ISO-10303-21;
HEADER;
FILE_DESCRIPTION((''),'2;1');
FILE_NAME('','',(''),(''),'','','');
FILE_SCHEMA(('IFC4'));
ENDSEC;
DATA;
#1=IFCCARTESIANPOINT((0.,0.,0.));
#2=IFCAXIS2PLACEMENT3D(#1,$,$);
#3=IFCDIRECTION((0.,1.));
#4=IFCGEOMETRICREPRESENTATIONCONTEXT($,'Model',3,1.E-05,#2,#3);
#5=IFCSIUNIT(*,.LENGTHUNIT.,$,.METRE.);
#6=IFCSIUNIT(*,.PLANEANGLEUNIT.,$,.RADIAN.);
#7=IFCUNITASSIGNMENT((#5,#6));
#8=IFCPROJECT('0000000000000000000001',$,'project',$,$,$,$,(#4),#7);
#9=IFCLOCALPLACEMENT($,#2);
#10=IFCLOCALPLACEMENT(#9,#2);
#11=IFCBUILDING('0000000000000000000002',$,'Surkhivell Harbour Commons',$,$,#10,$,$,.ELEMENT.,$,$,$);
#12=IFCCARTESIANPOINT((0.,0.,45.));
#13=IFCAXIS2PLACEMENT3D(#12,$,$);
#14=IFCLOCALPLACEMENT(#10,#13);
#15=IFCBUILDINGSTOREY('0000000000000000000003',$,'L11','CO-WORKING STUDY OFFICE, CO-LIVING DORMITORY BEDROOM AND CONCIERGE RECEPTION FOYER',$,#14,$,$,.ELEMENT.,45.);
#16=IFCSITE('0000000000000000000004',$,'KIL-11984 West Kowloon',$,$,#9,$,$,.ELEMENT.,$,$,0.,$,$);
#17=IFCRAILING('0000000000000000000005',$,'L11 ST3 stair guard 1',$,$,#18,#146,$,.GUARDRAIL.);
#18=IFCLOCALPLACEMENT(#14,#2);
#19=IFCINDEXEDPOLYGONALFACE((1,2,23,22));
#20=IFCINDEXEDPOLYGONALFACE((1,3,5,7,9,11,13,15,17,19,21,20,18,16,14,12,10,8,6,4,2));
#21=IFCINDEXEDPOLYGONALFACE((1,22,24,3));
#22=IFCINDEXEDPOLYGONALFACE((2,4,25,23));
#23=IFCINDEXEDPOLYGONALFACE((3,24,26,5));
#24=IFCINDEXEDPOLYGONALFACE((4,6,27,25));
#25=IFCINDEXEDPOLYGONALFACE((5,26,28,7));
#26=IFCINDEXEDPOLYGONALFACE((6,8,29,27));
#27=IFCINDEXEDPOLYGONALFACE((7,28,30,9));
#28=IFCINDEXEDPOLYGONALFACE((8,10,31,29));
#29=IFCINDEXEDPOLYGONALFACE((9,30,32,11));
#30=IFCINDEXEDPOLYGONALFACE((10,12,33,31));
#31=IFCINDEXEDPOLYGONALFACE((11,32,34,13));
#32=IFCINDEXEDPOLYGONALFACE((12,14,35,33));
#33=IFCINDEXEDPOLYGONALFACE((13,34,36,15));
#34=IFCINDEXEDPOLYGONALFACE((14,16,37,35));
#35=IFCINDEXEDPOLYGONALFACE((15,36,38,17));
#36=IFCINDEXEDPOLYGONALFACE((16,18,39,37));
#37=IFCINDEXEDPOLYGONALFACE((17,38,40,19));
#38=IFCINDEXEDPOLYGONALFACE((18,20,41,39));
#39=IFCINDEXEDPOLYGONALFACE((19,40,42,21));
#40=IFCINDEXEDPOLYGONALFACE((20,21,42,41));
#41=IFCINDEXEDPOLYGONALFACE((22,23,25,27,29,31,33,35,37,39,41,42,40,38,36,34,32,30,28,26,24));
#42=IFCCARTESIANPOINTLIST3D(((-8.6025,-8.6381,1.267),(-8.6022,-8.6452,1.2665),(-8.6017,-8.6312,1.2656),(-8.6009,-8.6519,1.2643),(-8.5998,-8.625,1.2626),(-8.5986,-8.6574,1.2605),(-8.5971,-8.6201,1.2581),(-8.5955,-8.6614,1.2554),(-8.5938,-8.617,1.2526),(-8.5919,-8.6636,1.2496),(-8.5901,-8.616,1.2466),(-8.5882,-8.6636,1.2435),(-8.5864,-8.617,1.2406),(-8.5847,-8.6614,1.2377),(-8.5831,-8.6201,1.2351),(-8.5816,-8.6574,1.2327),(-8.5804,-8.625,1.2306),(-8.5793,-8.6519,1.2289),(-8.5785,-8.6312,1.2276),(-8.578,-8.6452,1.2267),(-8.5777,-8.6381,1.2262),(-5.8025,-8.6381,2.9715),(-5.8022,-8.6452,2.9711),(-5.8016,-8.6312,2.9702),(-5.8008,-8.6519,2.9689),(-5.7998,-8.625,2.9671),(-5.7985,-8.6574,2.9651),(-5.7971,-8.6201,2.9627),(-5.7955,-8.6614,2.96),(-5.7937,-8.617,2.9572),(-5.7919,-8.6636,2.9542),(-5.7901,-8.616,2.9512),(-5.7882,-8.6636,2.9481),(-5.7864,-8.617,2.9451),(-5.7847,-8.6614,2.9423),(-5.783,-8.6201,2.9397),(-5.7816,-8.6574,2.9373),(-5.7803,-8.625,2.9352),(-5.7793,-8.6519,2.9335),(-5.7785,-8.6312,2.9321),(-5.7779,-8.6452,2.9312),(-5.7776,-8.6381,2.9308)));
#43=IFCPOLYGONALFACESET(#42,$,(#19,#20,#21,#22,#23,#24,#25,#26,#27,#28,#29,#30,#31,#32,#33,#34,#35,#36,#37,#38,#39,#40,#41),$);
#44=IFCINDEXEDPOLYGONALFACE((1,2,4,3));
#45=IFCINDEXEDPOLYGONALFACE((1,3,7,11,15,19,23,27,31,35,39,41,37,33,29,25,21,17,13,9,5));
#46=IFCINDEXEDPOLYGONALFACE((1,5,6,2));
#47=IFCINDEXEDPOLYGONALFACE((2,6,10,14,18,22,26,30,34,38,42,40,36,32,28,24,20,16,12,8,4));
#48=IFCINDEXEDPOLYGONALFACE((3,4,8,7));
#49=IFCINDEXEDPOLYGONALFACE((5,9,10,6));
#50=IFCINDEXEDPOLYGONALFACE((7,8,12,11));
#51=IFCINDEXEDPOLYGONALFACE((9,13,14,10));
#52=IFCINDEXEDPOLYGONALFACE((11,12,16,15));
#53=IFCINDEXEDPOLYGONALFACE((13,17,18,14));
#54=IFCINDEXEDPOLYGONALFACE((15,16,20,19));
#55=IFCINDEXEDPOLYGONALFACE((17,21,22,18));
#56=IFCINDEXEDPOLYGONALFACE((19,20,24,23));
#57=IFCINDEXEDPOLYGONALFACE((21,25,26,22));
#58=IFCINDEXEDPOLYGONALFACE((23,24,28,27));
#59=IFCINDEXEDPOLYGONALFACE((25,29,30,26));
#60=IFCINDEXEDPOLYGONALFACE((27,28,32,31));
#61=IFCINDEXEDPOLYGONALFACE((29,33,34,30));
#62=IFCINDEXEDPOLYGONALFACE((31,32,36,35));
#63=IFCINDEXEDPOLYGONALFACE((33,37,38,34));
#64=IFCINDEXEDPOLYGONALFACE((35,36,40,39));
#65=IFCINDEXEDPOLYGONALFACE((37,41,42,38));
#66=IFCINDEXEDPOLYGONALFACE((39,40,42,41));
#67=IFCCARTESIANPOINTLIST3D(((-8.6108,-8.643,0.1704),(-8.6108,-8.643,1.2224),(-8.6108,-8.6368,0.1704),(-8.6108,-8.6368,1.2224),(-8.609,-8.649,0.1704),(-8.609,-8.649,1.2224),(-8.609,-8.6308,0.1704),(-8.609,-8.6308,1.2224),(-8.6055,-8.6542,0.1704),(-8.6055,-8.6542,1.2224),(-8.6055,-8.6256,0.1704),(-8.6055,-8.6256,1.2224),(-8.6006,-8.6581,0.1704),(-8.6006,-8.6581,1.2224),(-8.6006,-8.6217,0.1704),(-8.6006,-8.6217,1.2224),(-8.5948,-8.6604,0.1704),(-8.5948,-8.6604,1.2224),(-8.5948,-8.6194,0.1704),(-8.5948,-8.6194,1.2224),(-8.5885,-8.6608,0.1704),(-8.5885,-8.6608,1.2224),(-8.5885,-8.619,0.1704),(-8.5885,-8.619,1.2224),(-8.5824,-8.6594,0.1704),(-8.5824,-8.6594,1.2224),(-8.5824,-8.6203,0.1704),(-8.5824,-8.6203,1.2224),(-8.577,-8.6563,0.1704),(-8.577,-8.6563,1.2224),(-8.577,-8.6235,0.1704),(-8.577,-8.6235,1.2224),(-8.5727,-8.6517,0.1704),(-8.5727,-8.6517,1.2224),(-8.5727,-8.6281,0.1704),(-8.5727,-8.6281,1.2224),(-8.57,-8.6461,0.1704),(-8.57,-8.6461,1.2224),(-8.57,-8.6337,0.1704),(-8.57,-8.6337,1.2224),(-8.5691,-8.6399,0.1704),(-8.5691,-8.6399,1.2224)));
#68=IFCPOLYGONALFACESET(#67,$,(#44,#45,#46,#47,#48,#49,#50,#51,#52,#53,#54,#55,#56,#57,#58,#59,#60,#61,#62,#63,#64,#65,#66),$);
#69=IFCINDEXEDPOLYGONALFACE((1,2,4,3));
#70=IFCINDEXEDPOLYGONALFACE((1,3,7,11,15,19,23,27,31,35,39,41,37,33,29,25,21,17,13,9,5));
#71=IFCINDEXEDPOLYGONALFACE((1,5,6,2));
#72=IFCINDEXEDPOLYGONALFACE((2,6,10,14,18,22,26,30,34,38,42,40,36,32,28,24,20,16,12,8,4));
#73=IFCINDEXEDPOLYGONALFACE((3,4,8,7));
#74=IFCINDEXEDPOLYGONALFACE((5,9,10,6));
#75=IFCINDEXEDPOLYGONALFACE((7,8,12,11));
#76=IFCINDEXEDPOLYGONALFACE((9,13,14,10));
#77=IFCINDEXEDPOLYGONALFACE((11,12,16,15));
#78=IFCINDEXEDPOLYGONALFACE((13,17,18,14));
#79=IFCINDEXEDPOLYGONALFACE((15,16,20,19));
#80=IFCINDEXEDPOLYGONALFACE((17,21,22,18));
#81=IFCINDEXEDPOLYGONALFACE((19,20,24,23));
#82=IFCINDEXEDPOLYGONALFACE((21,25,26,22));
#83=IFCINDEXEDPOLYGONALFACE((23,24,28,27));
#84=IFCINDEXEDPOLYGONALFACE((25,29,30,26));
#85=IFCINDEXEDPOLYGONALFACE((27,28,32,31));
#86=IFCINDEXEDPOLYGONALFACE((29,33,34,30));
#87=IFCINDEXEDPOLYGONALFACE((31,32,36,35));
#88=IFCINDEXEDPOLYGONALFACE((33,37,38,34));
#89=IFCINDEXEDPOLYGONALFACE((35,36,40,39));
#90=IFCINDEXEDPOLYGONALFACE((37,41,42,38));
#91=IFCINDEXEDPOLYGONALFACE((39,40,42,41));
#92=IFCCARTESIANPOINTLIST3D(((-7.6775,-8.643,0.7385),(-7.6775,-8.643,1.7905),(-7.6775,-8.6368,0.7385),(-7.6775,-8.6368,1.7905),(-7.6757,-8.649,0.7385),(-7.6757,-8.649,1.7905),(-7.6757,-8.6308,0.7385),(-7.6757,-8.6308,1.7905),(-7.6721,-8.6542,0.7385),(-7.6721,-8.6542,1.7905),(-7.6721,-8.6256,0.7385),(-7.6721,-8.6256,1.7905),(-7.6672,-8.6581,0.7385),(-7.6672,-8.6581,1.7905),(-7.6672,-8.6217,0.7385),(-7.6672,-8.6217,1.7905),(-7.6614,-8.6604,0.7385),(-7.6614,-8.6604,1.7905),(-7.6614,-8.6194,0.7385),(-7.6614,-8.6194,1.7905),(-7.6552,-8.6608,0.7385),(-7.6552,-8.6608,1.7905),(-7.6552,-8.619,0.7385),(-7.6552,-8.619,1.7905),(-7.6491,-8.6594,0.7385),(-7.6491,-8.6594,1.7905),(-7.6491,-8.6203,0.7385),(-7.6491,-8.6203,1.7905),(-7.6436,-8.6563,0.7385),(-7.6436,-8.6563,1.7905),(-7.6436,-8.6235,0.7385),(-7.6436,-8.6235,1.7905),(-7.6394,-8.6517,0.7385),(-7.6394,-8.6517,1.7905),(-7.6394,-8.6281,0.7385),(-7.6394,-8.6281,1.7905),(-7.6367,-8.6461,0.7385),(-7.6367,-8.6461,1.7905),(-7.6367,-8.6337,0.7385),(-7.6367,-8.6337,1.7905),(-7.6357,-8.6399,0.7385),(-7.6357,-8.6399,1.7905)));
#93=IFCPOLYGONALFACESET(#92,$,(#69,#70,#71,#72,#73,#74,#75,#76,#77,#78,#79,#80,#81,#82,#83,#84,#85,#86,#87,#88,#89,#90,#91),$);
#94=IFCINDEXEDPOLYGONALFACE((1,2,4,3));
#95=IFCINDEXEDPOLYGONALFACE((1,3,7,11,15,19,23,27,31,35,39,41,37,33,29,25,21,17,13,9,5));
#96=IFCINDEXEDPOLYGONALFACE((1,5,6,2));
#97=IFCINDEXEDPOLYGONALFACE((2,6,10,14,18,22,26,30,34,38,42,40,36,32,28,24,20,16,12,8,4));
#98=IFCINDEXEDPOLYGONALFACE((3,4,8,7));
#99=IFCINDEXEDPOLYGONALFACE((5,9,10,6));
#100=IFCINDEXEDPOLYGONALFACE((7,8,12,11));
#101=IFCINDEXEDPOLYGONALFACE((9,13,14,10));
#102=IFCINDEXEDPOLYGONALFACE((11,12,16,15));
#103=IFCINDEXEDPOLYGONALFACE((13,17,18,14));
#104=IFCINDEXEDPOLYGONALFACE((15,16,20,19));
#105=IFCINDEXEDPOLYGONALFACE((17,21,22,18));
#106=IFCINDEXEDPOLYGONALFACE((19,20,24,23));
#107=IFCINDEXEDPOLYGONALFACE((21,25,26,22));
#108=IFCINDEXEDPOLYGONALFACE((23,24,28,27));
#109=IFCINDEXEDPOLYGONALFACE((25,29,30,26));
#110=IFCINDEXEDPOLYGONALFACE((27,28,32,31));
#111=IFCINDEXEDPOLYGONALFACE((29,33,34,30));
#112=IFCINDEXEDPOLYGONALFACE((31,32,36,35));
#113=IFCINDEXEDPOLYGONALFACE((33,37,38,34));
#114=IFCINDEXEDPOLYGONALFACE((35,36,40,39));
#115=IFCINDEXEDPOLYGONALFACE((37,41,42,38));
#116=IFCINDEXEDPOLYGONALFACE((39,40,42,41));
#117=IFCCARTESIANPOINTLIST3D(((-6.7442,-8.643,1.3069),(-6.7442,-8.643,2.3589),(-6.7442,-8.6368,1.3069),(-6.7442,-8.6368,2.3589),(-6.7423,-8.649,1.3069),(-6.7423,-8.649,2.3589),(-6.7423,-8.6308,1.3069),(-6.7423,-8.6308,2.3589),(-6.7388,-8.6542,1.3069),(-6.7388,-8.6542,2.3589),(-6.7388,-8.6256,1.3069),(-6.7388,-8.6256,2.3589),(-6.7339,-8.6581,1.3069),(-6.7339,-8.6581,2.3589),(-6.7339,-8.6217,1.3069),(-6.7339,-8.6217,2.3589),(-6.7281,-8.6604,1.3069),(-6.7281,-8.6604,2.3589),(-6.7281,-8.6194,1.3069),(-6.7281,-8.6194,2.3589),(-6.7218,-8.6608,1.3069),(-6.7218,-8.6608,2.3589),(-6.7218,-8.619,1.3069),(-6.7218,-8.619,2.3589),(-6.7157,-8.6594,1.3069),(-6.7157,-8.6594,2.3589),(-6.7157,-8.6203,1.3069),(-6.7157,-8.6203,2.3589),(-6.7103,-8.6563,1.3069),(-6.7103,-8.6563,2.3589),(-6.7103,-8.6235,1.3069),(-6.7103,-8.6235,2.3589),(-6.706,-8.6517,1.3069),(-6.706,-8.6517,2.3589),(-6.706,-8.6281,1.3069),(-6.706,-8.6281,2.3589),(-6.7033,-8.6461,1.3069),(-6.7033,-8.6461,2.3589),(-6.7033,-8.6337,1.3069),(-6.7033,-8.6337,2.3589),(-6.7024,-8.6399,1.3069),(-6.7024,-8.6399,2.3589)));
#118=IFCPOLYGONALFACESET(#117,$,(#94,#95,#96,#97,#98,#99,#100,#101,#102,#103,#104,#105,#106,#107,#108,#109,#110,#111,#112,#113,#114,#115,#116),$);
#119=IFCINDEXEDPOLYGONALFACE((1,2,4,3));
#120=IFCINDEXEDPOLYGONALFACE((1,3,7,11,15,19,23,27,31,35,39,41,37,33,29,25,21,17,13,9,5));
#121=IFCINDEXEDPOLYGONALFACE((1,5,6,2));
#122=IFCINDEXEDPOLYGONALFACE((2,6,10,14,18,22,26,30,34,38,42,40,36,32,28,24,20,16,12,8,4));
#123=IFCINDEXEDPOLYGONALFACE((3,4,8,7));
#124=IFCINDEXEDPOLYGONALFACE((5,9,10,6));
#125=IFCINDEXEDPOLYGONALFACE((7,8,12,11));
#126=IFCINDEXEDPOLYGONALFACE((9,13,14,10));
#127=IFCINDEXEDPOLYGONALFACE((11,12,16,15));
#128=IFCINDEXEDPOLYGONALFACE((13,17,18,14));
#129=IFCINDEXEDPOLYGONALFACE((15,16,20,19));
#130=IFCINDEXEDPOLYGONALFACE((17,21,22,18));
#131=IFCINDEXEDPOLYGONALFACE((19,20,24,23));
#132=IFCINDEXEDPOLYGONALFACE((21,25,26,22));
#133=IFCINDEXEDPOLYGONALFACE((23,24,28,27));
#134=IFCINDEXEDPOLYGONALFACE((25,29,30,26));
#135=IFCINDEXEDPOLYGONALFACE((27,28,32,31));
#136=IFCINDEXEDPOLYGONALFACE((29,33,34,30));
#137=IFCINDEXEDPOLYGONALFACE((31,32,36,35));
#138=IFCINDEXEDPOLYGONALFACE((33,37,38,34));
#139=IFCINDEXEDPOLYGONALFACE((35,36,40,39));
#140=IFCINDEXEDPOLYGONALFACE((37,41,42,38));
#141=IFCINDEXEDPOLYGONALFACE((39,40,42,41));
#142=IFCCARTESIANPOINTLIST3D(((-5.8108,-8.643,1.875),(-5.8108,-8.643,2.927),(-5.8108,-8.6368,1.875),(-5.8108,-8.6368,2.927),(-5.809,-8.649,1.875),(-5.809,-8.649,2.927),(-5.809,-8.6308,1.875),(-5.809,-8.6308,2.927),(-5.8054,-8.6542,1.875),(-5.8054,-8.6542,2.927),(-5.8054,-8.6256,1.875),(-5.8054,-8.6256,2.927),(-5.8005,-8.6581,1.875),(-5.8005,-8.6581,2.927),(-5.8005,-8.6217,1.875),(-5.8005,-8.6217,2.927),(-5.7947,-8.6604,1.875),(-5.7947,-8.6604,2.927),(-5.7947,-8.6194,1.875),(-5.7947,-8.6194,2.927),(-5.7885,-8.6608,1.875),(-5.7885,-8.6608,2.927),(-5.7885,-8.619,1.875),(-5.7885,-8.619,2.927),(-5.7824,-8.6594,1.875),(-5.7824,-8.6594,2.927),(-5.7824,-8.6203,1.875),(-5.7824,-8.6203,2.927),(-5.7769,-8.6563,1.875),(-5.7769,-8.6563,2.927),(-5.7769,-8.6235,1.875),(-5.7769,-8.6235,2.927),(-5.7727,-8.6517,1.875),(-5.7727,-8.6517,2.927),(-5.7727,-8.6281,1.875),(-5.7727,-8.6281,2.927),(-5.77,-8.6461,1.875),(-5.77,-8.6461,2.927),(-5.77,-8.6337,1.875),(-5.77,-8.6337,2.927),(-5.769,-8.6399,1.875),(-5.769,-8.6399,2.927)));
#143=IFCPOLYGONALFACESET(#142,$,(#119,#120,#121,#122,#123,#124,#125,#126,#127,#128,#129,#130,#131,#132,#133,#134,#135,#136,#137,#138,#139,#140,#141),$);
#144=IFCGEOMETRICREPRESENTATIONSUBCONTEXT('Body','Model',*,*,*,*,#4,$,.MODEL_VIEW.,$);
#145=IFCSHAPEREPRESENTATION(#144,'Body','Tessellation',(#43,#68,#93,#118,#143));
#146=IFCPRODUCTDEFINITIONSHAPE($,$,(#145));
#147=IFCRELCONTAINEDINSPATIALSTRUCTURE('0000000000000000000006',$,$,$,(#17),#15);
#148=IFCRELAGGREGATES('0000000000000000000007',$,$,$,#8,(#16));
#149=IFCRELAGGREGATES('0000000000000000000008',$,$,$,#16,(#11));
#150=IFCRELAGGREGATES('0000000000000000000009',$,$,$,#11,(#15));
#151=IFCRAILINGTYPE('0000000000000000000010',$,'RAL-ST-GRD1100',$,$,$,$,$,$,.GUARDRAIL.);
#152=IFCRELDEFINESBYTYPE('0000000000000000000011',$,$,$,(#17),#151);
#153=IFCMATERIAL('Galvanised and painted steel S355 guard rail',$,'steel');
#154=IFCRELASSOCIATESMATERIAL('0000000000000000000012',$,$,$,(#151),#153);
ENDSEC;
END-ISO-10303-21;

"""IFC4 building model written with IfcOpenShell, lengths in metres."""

from ifc_helpers import new_model, si_unit, direction, frame, origin, origin_2d, place, context, subcontext, project, spatial, circle, extrude, material, type_object, element, save


model = new_model("IFC4")

# Units and contexts
model_context = context("Model", 3, precision=1e-05, world=origin(), true_north=direction((0.0, 1.0)))
body_context = subcontext(model_context, "Body", "Model", "MODEL_VIEW")
ifc_project = project(units=[si_unit("LENGTHUNIT", "METRE"), si_unit("PLANEANGLEUNIT", "RADIAN")], contexts=[model_context])

# Site, building, storey
site_placement = place(None, origin())
site = spatial("IfcSite", under=ifc_project, at=site_placement, Name="KIL-11984 West Kowloon", CompositionType="ELEMENT", RefElevation=0.0)
building_placement = place(site_placement, origin())
building = spatial("IfcBuilding", under=site, at=building_placement, Name="Surkhivell Harbour Commons", CompositionType="ELEMENT")
storey_placement = place(building_placement, frame((0.0, 0.0, 45.0)))
storey = spatial("IfcBuildingStorey", under=building, at=storey_placement, Name="L11", Description="CO-WORKING STUDY OFFICE, CO-LIVING DORMITORY BEDROOM AND CONCIERGE RECEPTION FOYER", CompositionType="ELEMENT", Elevation=45.0)

# Railing
ifc_material_1 = material(Name="Galvanised and painted steel S355 guard rail", Category="steel")
railing_type_1 = type_object("IfcRailingType", Name="RAL-ST-GRD1100", PredefinedType="GUARDRAIL", material=ifc_material_1)
railing_1_placement = place(storey_placement, frame((-8.5901, -8.6399, 0.1704)))
element("IfcRailing", 1, at=railing_1_placement, inside=storey, type_object=railing_type_1, Name="L11 ST3 stair guard 1", PredefinedType="GUARDRAIL", context=body_context, shape_type="SweptSolid", body=[
    extrude(circle(Radius=0.0239, at=origin_2d()), frame((0.0, 0.0, 1.0762), z_axis=(0.85417, 0.0, 0.519994), x_axis=(0.0, 1.0, 0.0)), (0.0, 0.0, 1.0), 3.2781),
    extrude(circle(Radius=0.021, at=origin_2d()), origin(), (0.0, 0.0, 1.0), 1.052),
    extrude(circle(Radius=0.021, at=origin_2d()), frame((0.9333, 0.0, 0.5681)), (0.0, 0.0, 1.0), 1.052),
    extrude(circle(Radius=0.021, at=origin_2d()), frame((1.8667, 0.0, 1.1365)), (0.0, 0.0, 1.0), 1.052),
    extrude(circle(Radius=0.021, at=origin_2d()), frame((2.8, 0.0, 1.7046)), (0.0, 0.0, 1.0), 1.052),
])

save(model, "model.ifc")
